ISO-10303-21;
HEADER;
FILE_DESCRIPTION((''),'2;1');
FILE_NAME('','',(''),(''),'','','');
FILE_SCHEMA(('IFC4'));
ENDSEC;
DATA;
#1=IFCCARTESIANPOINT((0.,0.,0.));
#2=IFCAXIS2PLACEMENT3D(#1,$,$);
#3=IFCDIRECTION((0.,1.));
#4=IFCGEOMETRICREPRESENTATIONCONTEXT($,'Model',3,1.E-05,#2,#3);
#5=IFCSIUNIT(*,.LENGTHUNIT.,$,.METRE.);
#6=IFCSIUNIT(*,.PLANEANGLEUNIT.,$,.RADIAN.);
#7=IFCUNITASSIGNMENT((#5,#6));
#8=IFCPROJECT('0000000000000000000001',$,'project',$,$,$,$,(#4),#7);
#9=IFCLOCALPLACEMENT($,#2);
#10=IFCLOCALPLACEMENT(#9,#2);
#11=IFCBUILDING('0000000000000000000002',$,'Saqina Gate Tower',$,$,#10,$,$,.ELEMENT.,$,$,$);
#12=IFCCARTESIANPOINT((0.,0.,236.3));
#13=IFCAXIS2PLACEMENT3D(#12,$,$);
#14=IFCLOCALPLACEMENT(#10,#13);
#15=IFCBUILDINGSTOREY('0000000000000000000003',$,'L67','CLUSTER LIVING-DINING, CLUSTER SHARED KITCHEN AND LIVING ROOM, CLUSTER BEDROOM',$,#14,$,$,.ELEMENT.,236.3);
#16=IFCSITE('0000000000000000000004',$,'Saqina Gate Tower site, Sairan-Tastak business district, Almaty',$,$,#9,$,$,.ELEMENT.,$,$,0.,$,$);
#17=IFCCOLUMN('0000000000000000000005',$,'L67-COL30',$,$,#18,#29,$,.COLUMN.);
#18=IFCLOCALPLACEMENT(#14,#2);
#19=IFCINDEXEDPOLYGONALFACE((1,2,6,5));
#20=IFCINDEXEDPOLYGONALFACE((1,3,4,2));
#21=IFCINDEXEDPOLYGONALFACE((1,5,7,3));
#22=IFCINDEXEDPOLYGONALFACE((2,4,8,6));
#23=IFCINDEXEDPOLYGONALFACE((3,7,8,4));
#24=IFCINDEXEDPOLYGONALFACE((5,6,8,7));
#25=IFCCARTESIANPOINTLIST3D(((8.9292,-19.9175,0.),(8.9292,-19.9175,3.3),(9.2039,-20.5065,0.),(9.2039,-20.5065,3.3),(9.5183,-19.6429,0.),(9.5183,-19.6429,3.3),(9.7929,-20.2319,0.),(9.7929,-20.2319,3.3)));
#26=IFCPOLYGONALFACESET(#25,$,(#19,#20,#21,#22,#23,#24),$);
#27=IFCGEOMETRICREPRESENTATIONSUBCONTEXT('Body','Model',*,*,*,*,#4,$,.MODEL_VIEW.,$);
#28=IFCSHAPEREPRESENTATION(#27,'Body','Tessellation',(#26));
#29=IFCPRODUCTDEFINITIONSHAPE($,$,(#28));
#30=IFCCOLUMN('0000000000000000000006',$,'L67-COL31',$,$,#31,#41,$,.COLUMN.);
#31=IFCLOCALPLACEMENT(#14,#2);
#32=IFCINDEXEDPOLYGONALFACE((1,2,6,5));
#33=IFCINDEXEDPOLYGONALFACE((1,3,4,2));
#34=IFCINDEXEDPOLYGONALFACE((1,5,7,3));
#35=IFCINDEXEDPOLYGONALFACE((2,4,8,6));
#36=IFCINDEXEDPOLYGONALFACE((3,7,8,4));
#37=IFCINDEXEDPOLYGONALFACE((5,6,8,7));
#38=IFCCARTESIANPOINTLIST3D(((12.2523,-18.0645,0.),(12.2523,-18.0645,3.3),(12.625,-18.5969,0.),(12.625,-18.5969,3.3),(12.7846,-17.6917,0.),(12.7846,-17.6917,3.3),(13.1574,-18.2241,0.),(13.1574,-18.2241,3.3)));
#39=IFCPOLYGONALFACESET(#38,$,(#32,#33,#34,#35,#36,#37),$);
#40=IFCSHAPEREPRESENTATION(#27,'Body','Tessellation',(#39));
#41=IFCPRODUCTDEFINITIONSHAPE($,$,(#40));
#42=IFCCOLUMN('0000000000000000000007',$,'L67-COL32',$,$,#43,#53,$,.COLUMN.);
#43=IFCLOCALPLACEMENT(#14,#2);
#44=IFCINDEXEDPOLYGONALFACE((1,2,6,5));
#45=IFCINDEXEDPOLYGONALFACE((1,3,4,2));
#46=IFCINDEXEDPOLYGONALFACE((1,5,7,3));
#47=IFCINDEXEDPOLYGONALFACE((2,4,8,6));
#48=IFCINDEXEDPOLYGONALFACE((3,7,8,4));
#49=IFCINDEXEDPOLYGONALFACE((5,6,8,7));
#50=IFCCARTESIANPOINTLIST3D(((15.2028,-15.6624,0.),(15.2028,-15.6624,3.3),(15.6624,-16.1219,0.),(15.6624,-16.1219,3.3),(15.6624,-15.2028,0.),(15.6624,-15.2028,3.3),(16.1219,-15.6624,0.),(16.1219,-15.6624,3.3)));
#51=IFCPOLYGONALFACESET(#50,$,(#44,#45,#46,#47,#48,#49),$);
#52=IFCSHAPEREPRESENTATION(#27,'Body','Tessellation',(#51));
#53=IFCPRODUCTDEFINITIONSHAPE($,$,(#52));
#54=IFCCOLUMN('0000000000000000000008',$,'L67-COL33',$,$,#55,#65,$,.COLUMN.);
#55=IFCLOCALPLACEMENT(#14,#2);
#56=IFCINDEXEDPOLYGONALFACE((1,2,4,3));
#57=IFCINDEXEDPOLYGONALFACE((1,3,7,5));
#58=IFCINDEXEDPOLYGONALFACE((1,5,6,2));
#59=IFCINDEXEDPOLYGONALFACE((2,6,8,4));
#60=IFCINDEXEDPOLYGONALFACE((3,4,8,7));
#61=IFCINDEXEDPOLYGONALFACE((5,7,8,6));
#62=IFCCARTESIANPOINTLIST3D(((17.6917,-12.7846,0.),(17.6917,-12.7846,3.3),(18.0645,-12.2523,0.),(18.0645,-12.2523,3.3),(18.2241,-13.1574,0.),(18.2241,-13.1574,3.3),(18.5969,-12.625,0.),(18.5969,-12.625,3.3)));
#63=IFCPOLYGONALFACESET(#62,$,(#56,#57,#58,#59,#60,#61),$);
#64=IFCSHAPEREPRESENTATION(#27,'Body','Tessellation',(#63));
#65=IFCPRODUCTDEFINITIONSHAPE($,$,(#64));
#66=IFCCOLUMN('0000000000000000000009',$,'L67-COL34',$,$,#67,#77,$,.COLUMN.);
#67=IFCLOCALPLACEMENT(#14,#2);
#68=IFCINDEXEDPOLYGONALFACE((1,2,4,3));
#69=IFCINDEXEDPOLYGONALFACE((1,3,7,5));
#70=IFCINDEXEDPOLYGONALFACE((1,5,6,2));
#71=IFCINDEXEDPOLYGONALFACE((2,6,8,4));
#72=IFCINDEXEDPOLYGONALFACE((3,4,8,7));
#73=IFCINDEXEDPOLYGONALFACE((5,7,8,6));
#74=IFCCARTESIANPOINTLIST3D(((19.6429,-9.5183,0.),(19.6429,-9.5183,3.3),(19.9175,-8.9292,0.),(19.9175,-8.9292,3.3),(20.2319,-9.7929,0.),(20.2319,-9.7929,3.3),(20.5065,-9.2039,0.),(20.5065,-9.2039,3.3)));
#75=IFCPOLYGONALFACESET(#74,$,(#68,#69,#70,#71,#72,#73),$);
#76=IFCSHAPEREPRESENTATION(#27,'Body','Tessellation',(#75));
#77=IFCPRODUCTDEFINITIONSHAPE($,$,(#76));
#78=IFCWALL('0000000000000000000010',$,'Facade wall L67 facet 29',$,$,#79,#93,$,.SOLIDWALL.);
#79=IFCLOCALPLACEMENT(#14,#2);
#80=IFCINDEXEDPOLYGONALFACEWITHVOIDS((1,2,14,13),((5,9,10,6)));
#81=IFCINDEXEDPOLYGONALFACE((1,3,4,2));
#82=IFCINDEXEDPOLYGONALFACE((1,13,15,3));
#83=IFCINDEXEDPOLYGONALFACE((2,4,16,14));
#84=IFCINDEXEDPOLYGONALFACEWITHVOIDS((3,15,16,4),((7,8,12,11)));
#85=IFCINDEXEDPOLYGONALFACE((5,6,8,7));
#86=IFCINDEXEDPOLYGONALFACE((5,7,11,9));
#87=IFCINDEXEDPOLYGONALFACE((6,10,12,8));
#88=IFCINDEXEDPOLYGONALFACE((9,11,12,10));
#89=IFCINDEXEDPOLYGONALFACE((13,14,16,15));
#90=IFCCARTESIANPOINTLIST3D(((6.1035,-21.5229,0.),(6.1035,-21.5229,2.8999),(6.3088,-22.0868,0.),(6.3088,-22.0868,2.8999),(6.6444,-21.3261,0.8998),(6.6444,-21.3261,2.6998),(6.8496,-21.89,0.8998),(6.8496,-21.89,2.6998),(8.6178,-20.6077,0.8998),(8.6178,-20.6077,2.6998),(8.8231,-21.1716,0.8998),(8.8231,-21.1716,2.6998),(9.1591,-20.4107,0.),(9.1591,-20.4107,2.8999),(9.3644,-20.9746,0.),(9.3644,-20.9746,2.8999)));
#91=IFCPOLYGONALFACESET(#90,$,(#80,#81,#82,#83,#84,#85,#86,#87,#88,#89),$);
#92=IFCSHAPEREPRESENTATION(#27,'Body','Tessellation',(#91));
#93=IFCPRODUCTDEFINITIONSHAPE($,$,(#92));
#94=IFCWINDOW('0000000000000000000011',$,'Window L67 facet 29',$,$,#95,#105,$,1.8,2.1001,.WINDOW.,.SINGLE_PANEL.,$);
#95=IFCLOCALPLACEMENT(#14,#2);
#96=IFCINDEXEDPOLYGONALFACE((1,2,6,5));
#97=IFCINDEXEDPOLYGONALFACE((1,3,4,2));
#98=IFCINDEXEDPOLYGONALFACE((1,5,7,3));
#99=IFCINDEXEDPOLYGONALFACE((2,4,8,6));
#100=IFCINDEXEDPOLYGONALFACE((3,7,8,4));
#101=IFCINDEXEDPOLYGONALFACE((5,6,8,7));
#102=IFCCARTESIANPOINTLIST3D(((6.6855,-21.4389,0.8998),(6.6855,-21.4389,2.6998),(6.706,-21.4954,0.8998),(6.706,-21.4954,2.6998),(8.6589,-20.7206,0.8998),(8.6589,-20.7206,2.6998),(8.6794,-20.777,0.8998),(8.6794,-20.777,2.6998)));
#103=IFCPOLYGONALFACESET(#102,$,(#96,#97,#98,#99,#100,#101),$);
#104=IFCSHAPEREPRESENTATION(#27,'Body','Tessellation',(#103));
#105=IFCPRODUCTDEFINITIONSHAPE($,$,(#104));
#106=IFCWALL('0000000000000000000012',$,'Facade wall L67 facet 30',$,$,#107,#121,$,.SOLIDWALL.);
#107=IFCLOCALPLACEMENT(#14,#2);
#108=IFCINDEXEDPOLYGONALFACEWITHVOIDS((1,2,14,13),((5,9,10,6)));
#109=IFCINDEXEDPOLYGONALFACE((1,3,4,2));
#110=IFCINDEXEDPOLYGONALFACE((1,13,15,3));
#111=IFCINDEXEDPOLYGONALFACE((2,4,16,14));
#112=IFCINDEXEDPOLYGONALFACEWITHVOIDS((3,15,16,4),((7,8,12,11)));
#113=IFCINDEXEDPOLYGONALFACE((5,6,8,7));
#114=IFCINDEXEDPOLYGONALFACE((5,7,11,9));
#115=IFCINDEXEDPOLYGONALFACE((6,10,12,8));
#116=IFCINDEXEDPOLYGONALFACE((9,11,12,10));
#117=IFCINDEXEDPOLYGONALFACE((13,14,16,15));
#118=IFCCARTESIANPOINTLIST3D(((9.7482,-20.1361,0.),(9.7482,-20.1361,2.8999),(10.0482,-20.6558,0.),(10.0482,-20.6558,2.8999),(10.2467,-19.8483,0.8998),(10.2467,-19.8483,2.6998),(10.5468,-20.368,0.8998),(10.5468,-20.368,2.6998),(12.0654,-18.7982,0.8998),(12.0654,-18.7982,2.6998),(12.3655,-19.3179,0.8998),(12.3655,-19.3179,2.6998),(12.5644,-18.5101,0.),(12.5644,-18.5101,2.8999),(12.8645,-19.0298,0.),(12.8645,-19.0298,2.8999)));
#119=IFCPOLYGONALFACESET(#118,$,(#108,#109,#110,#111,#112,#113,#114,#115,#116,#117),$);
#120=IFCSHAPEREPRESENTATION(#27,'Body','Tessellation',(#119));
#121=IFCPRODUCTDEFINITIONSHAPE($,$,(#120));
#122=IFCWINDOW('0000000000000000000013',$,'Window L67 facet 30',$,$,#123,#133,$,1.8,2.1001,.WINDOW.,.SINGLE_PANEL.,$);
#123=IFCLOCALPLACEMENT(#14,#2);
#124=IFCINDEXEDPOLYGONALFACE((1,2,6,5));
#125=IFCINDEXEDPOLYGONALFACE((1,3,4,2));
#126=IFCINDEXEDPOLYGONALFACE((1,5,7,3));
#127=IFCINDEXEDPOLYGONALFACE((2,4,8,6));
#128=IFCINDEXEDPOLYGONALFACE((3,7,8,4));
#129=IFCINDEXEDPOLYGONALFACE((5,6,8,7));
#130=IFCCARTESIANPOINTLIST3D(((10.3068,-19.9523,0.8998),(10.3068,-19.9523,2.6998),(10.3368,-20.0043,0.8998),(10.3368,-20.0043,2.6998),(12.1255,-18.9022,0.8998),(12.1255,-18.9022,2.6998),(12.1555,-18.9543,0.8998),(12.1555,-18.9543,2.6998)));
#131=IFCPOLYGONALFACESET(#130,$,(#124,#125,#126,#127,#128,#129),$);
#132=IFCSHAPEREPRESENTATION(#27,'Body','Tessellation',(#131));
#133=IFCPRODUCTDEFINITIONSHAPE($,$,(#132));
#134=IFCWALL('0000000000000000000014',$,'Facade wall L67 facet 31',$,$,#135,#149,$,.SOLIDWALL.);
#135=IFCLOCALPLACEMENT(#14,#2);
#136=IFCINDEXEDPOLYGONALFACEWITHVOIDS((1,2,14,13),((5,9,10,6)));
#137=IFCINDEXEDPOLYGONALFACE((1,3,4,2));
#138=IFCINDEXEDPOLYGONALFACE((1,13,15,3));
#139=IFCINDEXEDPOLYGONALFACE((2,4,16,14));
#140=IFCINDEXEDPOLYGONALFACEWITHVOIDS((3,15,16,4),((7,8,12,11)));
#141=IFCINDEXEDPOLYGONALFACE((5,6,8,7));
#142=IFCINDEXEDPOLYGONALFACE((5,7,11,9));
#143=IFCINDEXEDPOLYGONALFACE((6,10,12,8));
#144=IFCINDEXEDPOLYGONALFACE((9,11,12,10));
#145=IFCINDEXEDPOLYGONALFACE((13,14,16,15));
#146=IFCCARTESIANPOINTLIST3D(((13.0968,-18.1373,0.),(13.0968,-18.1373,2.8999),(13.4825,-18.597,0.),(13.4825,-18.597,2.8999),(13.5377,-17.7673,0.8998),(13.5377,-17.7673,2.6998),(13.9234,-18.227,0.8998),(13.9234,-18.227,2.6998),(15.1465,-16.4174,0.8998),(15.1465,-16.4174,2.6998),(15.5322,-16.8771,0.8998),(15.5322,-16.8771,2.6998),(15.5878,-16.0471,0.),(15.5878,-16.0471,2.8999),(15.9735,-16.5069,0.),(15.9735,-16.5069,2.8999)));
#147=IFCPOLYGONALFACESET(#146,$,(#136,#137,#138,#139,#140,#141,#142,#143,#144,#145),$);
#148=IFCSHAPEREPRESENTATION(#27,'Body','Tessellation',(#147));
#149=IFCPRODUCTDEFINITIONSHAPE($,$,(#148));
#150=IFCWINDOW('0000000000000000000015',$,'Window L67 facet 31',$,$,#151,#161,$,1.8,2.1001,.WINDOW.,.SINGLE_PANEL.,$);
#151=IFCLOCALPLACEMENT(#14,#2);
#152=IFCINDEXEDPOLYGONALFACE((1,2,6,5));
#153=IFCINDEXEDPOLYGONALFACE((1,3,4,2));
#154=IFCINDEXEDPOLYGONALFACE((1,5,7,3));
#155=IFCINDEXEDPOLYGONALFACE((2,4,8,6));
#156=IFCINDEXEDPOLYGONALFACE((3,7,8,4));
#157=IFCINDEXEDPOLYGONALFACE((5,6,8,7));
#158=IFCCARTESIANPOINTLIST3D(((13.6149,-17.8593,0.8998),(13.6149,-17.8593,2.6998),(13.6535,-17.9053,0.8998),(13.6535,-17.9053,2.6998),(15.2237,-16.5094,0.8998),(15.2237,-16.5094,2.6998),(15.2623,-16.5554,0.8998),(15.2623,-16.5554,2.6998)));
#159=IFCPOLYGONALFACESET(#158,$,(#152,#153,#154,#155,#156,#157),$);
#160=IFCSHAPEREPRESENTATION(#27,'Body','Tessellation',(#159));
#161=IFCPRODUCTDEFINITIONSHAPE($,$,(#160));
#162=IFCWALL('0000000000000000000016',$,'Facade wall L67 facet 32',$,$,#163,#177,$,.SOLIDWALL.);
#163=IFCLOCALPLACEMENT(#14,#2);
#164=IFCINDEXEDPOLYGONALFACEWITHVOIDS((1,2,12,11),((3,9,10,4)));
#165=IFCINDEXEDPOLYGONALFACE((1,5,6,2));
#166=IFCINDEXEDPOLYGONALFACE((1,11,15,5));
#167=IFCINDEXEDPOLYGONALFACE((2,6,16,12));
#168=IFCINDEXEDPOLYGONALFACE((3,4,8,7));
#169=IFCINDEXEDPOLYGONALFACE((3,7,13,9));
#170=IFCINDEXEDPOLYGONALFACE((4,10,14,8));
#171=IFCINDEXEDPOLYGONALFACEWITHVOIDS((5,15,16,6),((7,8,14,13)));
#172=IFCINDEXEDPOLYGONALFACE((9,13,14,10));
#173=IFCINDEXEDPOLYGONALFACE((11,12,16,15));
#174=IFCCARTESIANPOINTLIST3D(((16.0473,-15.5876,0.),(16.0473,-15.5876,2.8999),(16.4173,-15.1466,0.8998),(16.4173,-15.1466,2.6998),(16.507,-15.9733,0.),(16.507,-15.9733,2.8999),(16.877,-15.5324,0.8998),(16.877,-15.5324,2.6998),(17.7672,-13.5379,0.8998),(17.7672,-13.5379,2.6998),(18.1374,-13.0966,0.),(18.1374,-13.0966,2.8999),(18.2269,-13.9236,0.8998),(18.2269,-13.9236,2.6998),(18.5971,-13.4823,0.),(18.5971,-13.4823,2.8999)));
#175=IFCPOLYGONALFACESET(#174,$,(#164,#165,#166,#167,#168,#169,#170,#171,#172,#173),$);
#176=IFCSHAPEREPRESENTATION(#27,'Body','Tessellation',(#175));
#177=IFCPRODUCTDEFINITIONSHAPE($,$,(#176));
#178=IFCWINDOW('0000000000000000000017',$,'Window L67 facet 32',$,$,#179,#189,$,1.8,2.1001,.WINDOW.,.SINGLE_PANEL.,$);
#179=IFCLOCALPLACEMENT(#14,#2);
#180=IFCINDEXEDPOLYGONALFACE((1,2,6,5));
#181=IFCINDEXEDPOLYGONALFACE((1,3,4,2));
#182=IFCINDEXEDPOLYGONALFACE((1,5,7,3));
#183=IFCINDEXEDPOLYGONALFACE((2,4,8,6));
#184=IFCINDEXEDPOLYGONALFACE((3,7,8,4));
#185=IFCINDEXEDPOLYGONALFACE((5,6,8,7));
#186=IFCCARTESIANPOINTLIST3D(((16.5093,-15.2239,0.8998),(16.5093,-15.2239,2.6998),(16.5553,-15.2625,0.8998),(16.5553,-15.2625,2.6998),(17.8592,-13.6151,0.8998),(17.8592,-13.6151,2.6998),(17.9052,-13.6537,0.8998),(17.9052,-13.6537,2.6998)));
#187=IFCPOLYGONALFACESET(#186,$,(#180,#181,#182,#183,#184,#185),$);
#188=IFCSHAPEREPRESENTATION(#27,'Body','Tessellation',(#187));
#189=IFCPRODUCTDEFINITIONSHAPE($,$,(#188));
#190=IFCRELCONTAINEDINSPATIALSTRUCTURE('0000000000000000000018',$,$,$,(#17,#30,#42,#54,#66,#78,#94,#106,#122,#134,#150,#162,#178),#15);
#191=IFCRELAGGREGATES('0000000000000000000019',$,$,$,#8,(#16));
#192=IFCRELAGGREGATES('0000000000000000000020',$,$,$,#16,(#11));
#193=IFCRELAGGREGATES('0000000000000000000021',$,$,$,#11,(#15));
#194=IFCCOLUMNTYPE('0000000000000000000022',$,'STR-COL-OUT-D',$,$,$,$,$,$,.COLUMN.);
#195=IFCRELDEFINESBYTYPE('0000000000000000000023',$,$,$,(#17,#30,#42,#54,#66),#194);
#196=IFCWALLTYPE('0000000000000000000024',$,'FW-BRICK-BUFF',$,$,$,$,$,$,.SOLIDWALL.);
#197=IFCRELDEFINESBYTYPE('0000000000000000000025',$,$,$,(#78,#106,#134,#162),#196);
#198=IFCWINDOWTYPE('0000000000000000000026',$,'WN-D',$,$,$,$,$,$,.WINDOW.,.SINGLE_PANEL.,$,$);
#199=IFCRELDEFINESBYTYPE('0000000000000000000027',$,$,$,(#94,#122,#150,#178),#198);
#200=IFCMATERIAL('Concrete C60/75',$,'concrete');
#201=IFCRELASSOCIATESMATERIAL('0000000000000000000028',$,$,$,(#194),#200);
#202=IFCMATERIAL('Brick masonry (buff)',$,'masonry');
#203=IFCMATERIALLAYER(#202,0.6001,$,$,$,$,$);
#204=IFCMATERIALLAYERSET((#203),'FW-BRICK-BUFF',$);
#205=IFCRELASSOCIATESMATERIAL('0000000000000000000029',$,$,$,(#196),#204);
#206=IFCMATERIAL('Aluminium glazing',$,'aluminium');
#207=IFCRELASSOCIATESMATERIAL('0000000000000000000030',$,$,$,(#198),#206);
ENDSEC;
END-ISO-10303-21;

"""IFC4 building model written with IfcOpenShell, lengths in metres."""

from ifc_helpers import new_model, si_unit, direction, frame, frame_2d, origin, origin_2d, place, context, subcontext, project, spatial, rectangle, extrude, material, layer, layer_set, material_profile, profile_set, type_object, element, fill, save


model = new_model("IFC4")

# Units and contexts
model_context = context("Model", 3, precision=1e-05, world=origin(), true_north=direction((0.0, 1.0)))
body_context = subcontext(model_context, "Body", "Model", "MODEL_VIEW")
ifc_project = project(units=[si_unit("LENGTHUNIT", "METRE"), si_unit("PLANEANGLEUNIT", "RADIAN")], contexts=[model_context])

# Site, building, storey
site_placement = place(None, origin())
site = spatial("IfcSite", under=ifc_project, at=site_placement, Name="Saqina Gate Tower site, Sairan-Tastak business district, Almaty", CompositionType="ELEMENT", RefElevation=0.0)
building_placement = place(site_placement, origin())
building = spatial("IfcBuilding", under=site, at=building_placement, Name="Saqina Gate Tower", CompositionType="ELEMENT")
storey_placement = place(building_placement, frame((0.0, 0.0, 236.3)))
storey = spatial("IfcBuildingStorey", under=building, at=storey_placement, Name="L67", Description="CLUSTER LIVING-DINING, CLUSTER SHARED KITCHEN AND LIVING ROOM, CLUSTER BEDROOM", CompositionType="ELEMENT", Elevation=236.3)

# Columns
ifc_material_1 = material(Name="Concrete C60/75", Category="concrete")
ifc_material_profile = material_profile(ifc_material_1, rectangle(XDim=0.6499, YDim=0.6499, at=origin_2d()), Name="RC 650x650")
ifc_profile_set = profile_set([ifc_material_profile], Name="Concrete C60/75")
column_type = type_object("IfcColumnType", Name="STR-COL-OUT-D", PredefinedType="COLUMN", material=ifc_profile_set)
for number, where, z_axis, x_axis, name in (
    (1, (9.3611, -20.0747, 0.0), (0.0, 0.0, 1.0), (0.422618, -0.906308, 0.0), "L67-COL30"),
    (2, (12.7048, -18.1443, 0.0), (0.0, 0.0, 1.0), (0.573576, -0.819152, 0.0), "L67-COL31"),
    (3, (15.6624, -15.6624, 0.0), (0.0, 0.0, 1.0), (0.707107, -0.707107, 0.0), "L67-COL32"),
    (4, (18.1443, -12.7048, 0.0), (0.0, 0.0, 1.0), (0.819152, -0.573576, 0.0), "L67-COL33"),
    (5, (20.0747, -9.3611, 0.0), (0.0, 0.0, 1.0), (0.906308, -0.422618, 0.0), "L67-COL34"),
):
    element("IfcColumn", number, at=place(storey_placement, frame(where, z_axis=z_axis, x_axis=x_axis)), inside=storey, type_object=column_type, Name=name, PredefinedType="COLUMN", context=body_context, shape_type="SweptSolid", body=[
        extrude(rectangle(XDim=0.6499, YDim=0.6499, at=origin_2d()), origin(), (0.0, 0.0, 1.0), 3.3),
    ])

# Walls, openings, windows
ifc_material_2 = material(Name="Brick masonry (buff)", Category="masonry")
ifc_layer_1 = layer(ifc_material_2, 0.6001)
ifc_layer_set_1 = layer_set([ifc_layer_1], Name="FW-BRICK-BUFF")
wall_type_1 = type_object("IfcWallType", Name="FW-BRICK-BUFF", PredefinedType="SOLIDWALL", material=ifc_layer_set_1)
wall_1_placement = place(storey_placement, frame((6.2061, -21.8049, 0.0), z_axis=(0.0, 0.0, 1.0), x_axis=(0.939679, 0.342057, 0.0)))
wall_1 = element("IfcWall", 6, at=wall_1_placement, inside=storey, type_object=wall_type_1, Name="Facade wall L67 facet 29", PredefinedType="SOLIDWALL", context=body_context, shape_type="SweptSolid", body=[
    extrude(rectangle(XDim=3.2517, YDim=0.6001, at=frame_2d((1.626, 0.0))), origin(), (0.0, 0.0, 1.0), 2.8999),
])
opening_1_placement = place(wall_1_placement, frame((0.5757, 0.0, 0.8999)))
opening_1 = element("IfcOpeningElement", 7, at=opening_1_placement, cuts=wall_1, PredefinedType="OPENING", context=body_context, shape_type="SweptSolid", body=[
    extrude(rectangle(XDim=2.1001, YDim=1.8, at=frame_2d((1.05, 0.8999))), frame((0.0, 0.312, 0.0), z_axis=(0.0, -1.0, 0.0), x_axis=(1.0, 0.0, 0.0)), (0.0, 0.0, 1.0), 0.624),
])
ifc_material_3 = material(Name="Aluminium glazing", Category="aluminium")
window_type = type_object("IfcWindowType", Name="WN-D", PartitioningType="SINGLE_PANEL", PredefinedType="WINDOW", material=ifc_material_3)
window_1_placement = place(opening_1_placement, origin())
window_1 = element("IfcWindow", 8, at=window_1_placement, inside=storey, type_object=window_type, Name="Window L67 facet 29", OverallHeight=1.8, OverallWidth=2.1001, PartitioningType="SINGLE_PANEL", PredefinedType="WINDOW", context=body_context, shape_type="SweptSolid", body=[
    extrude(rectangle(XDim=2.1001, YDim=1.8, at=frame_2d((1.05, 0.8999))), frame((0.0, 0.1799, 0.0), z_axis=(0.0, -1.0, 0.0), x_axis=(1.0, 0.0, 0.0)), (0.0, 0.0, 1.0), 0.0601),
])
fill(opening_1, window_1)
wall_2_placement = place(storey_placement, frame((9.8982, -20.396, 0.0), z_axis=(0.0, 0.0, 1.0), x_axis=(0.866017, 0.500015, 0.0)))
wall_2 = element("IfcWall", 9, at=wall_2_placement, inside=storey, type_object=wall_type_1, Name="Facade wall L67 facet 30", PredefinedType="SOLIDWALL", context=body_context, shape_type="SweptSolid", body=[
    extrude(rectangle(XDim=3.252, YDim=0.6001, at=frame_2d((1.626, 0.0))), origin(), (0.0, 0.0, 1.0), 2.8999),
])
opening_2_placement = place(wall_2_placement, frame((0.5757, 0.0, 0.8999)))
opening_2 = element("IfcOpeningElement", 10, at=opening_2_placement, cuts=wall_2, PredefinedType="OPENING", context=body_context, shape_type="SweptSolid", body=[
    extrude(rectangle(XDim=2.1001, YDim=1.8, at=frame_2d((1.05, 0.8999))), frame((0.0, 0.312, 0.0), z_axis=(0.0, -1.0, 0.0), x_axis=(1.0, 0.0, 0.0)), (0.0, 0.0, 1.0), 0.624),
])
window_2_placement = place(opening_2_placement, origin())
window_2 = element("IfcWindow", 11, at=window_2_placement, inside=storey, type_object=window_type, Name="Window L67 facet 30", OverallHeight=1.8, OverallWidth=2.1001, PartitioningType="SINGLE_PANEL", PredefinedType="WINDOW", context=body_context, shape_type="SweptSolid", body=[
    extrude(rectangle(XDim=2.1001, YDim=1.8, at=frame_2d((1.05, 0.8999))), frame((0.0, 0.1799, 0.0), z_axis=(0.0, -1.0, 0.0), x_axis=(1.0, 0.0, 0.0)), (0.0, 0.0, 1.0), 0.0601),
])
fill(opening_2, window_2)
wall_3_placement = place(storey_placement, frame((13.2896, -18.3672, 0.0), z_axis=(0.0, 0.0, 1.0), x_axis=(0.766057, 0.642773, 0.0)))
wall_3 = element("IfcWall", 12, at=wall_3_placement, inside=storey, type_object=wall_type_1, Name="Facade wall L67 facet 31", PredefinedType="SOLIDWALL", context=body_context, shape_type="SweptSolid", body=[
    extrude(rectangle(XDim=3.2517, YDim=0.6001, at=frame_2d((1.626, 0.0))), origin(), (0.0, 0.0, 1.0), 2.8999),
])
opening_3_placement = place(wall_3_placement, frame((0.5757, 0.0, 0.8999)))
opening_3 = element("IfcOpeningElement", 13, at=opening_3_placement, cuts=wall_3, PredefinedType="OPENING", context=body_context, shape_type="SweptSolid", body=[
    extrude(rectangle(XDim=2.1001, YDim=1.8, at=frame_2d((1.05, 0.8999))), frame((0.0, 0.312, 0.0), z_axis=(0.0, -1.0, 0.0), x_axis=(1.0, 0.0, 0.0)), (0.0, 0.0, 1.0), 0.624),
])
window_3_placement = place(opening_3_placement, origin())
window_3 = element("IfcWindow", 14, at=window_3_placement, inside=storey, type_object=window_type, Name="Window L67 facet 31", OverallHeight=1.8, OverallWidth=2.1001, PartitioningType="SINGLE_PANEL", PredefinedType="WINDOW", context=body_context, shape_type="SweptSolid", body=[
    extrude(rectangle(XDim=2.1001, YDim=1.8, at=frame_2d((1.05, 0.8999))), frame((0.0, 0.1799, 0.0), z_axis=(0.0, -1.0, 0.0), x_axis=(1.0, 0.0, 0.0)), (0.0, 0.0, 1.0), 0.0601),
])
fill(opening_3, window_3)
wall_4_placement = place(storey_placement, frame((16.2771, -15.7805, 0.0), z_axis=(0.0, 0.0, 1.0), x_axis=(0.642773, 0.766057, 0.0)))
wall_4 = element("IfcWall", 15, at=wall_4_placement, inside=storey, type_object=wall_type_1, Name="Facade wall L67 facet 32", PredefinedType="SOLIDWALL", context=body_context, shape_type="SweptSolid", body=[
    extrude(rectangle(XDim=3.2517, YDim=0.6001, at=frame_2d((1.626, 0.0))), origin(), (0.0, 0.0, 1.0), 2.8999),
])
opening_4_placement = place(wall_4_placement, frame((0.5757, 0.0, 0.8999)))
opening_4 = element("IfcOpeningElement", 16, at=opening_4_placement, cuts=wall_4, PredefinedType="OPENING", context=body_context, shape_type="SweptSolid", body=[
    extrude(rectangle(XDim=2.1001, YDim=1.8, at=frame_2d((1.05, 0.8999))), frame((0.0, 0.312, 0.0), z_axis=(0.0, -1.0, 0.0), x_axis=(1.0, 0.0, 0.0)), (0.0, 0.0, 1.0), 0.624),
])
window_4_placement = place(opening_4_placement, origin())
window_4 = element("IfcWindow", 17, at=window_4_placement, inside=storey, type_object=window_type, Name="Window L67 facet 32", OverallHeight=1.8, OverallWidth=2.1001, PartitioningType="SINGLE_PANEL", PredefinedType="WINDOW", context=body_context, shape_type="SweptSolid", body=[
    extrude(rectangle(XDim=2.1001, YDim=1.8, at=frame_2d((1.05, 0.8999))), frame((0.0, 0.1799, 0.0), z_axis=(0.0, -1.0, 0.0), x_axis=(1.0, 0.0, 0.0)), (0.0, 0.0, 1.0), 0.0601),
])
fill(opening_4, window_4)

save(model, "model.ifc")
